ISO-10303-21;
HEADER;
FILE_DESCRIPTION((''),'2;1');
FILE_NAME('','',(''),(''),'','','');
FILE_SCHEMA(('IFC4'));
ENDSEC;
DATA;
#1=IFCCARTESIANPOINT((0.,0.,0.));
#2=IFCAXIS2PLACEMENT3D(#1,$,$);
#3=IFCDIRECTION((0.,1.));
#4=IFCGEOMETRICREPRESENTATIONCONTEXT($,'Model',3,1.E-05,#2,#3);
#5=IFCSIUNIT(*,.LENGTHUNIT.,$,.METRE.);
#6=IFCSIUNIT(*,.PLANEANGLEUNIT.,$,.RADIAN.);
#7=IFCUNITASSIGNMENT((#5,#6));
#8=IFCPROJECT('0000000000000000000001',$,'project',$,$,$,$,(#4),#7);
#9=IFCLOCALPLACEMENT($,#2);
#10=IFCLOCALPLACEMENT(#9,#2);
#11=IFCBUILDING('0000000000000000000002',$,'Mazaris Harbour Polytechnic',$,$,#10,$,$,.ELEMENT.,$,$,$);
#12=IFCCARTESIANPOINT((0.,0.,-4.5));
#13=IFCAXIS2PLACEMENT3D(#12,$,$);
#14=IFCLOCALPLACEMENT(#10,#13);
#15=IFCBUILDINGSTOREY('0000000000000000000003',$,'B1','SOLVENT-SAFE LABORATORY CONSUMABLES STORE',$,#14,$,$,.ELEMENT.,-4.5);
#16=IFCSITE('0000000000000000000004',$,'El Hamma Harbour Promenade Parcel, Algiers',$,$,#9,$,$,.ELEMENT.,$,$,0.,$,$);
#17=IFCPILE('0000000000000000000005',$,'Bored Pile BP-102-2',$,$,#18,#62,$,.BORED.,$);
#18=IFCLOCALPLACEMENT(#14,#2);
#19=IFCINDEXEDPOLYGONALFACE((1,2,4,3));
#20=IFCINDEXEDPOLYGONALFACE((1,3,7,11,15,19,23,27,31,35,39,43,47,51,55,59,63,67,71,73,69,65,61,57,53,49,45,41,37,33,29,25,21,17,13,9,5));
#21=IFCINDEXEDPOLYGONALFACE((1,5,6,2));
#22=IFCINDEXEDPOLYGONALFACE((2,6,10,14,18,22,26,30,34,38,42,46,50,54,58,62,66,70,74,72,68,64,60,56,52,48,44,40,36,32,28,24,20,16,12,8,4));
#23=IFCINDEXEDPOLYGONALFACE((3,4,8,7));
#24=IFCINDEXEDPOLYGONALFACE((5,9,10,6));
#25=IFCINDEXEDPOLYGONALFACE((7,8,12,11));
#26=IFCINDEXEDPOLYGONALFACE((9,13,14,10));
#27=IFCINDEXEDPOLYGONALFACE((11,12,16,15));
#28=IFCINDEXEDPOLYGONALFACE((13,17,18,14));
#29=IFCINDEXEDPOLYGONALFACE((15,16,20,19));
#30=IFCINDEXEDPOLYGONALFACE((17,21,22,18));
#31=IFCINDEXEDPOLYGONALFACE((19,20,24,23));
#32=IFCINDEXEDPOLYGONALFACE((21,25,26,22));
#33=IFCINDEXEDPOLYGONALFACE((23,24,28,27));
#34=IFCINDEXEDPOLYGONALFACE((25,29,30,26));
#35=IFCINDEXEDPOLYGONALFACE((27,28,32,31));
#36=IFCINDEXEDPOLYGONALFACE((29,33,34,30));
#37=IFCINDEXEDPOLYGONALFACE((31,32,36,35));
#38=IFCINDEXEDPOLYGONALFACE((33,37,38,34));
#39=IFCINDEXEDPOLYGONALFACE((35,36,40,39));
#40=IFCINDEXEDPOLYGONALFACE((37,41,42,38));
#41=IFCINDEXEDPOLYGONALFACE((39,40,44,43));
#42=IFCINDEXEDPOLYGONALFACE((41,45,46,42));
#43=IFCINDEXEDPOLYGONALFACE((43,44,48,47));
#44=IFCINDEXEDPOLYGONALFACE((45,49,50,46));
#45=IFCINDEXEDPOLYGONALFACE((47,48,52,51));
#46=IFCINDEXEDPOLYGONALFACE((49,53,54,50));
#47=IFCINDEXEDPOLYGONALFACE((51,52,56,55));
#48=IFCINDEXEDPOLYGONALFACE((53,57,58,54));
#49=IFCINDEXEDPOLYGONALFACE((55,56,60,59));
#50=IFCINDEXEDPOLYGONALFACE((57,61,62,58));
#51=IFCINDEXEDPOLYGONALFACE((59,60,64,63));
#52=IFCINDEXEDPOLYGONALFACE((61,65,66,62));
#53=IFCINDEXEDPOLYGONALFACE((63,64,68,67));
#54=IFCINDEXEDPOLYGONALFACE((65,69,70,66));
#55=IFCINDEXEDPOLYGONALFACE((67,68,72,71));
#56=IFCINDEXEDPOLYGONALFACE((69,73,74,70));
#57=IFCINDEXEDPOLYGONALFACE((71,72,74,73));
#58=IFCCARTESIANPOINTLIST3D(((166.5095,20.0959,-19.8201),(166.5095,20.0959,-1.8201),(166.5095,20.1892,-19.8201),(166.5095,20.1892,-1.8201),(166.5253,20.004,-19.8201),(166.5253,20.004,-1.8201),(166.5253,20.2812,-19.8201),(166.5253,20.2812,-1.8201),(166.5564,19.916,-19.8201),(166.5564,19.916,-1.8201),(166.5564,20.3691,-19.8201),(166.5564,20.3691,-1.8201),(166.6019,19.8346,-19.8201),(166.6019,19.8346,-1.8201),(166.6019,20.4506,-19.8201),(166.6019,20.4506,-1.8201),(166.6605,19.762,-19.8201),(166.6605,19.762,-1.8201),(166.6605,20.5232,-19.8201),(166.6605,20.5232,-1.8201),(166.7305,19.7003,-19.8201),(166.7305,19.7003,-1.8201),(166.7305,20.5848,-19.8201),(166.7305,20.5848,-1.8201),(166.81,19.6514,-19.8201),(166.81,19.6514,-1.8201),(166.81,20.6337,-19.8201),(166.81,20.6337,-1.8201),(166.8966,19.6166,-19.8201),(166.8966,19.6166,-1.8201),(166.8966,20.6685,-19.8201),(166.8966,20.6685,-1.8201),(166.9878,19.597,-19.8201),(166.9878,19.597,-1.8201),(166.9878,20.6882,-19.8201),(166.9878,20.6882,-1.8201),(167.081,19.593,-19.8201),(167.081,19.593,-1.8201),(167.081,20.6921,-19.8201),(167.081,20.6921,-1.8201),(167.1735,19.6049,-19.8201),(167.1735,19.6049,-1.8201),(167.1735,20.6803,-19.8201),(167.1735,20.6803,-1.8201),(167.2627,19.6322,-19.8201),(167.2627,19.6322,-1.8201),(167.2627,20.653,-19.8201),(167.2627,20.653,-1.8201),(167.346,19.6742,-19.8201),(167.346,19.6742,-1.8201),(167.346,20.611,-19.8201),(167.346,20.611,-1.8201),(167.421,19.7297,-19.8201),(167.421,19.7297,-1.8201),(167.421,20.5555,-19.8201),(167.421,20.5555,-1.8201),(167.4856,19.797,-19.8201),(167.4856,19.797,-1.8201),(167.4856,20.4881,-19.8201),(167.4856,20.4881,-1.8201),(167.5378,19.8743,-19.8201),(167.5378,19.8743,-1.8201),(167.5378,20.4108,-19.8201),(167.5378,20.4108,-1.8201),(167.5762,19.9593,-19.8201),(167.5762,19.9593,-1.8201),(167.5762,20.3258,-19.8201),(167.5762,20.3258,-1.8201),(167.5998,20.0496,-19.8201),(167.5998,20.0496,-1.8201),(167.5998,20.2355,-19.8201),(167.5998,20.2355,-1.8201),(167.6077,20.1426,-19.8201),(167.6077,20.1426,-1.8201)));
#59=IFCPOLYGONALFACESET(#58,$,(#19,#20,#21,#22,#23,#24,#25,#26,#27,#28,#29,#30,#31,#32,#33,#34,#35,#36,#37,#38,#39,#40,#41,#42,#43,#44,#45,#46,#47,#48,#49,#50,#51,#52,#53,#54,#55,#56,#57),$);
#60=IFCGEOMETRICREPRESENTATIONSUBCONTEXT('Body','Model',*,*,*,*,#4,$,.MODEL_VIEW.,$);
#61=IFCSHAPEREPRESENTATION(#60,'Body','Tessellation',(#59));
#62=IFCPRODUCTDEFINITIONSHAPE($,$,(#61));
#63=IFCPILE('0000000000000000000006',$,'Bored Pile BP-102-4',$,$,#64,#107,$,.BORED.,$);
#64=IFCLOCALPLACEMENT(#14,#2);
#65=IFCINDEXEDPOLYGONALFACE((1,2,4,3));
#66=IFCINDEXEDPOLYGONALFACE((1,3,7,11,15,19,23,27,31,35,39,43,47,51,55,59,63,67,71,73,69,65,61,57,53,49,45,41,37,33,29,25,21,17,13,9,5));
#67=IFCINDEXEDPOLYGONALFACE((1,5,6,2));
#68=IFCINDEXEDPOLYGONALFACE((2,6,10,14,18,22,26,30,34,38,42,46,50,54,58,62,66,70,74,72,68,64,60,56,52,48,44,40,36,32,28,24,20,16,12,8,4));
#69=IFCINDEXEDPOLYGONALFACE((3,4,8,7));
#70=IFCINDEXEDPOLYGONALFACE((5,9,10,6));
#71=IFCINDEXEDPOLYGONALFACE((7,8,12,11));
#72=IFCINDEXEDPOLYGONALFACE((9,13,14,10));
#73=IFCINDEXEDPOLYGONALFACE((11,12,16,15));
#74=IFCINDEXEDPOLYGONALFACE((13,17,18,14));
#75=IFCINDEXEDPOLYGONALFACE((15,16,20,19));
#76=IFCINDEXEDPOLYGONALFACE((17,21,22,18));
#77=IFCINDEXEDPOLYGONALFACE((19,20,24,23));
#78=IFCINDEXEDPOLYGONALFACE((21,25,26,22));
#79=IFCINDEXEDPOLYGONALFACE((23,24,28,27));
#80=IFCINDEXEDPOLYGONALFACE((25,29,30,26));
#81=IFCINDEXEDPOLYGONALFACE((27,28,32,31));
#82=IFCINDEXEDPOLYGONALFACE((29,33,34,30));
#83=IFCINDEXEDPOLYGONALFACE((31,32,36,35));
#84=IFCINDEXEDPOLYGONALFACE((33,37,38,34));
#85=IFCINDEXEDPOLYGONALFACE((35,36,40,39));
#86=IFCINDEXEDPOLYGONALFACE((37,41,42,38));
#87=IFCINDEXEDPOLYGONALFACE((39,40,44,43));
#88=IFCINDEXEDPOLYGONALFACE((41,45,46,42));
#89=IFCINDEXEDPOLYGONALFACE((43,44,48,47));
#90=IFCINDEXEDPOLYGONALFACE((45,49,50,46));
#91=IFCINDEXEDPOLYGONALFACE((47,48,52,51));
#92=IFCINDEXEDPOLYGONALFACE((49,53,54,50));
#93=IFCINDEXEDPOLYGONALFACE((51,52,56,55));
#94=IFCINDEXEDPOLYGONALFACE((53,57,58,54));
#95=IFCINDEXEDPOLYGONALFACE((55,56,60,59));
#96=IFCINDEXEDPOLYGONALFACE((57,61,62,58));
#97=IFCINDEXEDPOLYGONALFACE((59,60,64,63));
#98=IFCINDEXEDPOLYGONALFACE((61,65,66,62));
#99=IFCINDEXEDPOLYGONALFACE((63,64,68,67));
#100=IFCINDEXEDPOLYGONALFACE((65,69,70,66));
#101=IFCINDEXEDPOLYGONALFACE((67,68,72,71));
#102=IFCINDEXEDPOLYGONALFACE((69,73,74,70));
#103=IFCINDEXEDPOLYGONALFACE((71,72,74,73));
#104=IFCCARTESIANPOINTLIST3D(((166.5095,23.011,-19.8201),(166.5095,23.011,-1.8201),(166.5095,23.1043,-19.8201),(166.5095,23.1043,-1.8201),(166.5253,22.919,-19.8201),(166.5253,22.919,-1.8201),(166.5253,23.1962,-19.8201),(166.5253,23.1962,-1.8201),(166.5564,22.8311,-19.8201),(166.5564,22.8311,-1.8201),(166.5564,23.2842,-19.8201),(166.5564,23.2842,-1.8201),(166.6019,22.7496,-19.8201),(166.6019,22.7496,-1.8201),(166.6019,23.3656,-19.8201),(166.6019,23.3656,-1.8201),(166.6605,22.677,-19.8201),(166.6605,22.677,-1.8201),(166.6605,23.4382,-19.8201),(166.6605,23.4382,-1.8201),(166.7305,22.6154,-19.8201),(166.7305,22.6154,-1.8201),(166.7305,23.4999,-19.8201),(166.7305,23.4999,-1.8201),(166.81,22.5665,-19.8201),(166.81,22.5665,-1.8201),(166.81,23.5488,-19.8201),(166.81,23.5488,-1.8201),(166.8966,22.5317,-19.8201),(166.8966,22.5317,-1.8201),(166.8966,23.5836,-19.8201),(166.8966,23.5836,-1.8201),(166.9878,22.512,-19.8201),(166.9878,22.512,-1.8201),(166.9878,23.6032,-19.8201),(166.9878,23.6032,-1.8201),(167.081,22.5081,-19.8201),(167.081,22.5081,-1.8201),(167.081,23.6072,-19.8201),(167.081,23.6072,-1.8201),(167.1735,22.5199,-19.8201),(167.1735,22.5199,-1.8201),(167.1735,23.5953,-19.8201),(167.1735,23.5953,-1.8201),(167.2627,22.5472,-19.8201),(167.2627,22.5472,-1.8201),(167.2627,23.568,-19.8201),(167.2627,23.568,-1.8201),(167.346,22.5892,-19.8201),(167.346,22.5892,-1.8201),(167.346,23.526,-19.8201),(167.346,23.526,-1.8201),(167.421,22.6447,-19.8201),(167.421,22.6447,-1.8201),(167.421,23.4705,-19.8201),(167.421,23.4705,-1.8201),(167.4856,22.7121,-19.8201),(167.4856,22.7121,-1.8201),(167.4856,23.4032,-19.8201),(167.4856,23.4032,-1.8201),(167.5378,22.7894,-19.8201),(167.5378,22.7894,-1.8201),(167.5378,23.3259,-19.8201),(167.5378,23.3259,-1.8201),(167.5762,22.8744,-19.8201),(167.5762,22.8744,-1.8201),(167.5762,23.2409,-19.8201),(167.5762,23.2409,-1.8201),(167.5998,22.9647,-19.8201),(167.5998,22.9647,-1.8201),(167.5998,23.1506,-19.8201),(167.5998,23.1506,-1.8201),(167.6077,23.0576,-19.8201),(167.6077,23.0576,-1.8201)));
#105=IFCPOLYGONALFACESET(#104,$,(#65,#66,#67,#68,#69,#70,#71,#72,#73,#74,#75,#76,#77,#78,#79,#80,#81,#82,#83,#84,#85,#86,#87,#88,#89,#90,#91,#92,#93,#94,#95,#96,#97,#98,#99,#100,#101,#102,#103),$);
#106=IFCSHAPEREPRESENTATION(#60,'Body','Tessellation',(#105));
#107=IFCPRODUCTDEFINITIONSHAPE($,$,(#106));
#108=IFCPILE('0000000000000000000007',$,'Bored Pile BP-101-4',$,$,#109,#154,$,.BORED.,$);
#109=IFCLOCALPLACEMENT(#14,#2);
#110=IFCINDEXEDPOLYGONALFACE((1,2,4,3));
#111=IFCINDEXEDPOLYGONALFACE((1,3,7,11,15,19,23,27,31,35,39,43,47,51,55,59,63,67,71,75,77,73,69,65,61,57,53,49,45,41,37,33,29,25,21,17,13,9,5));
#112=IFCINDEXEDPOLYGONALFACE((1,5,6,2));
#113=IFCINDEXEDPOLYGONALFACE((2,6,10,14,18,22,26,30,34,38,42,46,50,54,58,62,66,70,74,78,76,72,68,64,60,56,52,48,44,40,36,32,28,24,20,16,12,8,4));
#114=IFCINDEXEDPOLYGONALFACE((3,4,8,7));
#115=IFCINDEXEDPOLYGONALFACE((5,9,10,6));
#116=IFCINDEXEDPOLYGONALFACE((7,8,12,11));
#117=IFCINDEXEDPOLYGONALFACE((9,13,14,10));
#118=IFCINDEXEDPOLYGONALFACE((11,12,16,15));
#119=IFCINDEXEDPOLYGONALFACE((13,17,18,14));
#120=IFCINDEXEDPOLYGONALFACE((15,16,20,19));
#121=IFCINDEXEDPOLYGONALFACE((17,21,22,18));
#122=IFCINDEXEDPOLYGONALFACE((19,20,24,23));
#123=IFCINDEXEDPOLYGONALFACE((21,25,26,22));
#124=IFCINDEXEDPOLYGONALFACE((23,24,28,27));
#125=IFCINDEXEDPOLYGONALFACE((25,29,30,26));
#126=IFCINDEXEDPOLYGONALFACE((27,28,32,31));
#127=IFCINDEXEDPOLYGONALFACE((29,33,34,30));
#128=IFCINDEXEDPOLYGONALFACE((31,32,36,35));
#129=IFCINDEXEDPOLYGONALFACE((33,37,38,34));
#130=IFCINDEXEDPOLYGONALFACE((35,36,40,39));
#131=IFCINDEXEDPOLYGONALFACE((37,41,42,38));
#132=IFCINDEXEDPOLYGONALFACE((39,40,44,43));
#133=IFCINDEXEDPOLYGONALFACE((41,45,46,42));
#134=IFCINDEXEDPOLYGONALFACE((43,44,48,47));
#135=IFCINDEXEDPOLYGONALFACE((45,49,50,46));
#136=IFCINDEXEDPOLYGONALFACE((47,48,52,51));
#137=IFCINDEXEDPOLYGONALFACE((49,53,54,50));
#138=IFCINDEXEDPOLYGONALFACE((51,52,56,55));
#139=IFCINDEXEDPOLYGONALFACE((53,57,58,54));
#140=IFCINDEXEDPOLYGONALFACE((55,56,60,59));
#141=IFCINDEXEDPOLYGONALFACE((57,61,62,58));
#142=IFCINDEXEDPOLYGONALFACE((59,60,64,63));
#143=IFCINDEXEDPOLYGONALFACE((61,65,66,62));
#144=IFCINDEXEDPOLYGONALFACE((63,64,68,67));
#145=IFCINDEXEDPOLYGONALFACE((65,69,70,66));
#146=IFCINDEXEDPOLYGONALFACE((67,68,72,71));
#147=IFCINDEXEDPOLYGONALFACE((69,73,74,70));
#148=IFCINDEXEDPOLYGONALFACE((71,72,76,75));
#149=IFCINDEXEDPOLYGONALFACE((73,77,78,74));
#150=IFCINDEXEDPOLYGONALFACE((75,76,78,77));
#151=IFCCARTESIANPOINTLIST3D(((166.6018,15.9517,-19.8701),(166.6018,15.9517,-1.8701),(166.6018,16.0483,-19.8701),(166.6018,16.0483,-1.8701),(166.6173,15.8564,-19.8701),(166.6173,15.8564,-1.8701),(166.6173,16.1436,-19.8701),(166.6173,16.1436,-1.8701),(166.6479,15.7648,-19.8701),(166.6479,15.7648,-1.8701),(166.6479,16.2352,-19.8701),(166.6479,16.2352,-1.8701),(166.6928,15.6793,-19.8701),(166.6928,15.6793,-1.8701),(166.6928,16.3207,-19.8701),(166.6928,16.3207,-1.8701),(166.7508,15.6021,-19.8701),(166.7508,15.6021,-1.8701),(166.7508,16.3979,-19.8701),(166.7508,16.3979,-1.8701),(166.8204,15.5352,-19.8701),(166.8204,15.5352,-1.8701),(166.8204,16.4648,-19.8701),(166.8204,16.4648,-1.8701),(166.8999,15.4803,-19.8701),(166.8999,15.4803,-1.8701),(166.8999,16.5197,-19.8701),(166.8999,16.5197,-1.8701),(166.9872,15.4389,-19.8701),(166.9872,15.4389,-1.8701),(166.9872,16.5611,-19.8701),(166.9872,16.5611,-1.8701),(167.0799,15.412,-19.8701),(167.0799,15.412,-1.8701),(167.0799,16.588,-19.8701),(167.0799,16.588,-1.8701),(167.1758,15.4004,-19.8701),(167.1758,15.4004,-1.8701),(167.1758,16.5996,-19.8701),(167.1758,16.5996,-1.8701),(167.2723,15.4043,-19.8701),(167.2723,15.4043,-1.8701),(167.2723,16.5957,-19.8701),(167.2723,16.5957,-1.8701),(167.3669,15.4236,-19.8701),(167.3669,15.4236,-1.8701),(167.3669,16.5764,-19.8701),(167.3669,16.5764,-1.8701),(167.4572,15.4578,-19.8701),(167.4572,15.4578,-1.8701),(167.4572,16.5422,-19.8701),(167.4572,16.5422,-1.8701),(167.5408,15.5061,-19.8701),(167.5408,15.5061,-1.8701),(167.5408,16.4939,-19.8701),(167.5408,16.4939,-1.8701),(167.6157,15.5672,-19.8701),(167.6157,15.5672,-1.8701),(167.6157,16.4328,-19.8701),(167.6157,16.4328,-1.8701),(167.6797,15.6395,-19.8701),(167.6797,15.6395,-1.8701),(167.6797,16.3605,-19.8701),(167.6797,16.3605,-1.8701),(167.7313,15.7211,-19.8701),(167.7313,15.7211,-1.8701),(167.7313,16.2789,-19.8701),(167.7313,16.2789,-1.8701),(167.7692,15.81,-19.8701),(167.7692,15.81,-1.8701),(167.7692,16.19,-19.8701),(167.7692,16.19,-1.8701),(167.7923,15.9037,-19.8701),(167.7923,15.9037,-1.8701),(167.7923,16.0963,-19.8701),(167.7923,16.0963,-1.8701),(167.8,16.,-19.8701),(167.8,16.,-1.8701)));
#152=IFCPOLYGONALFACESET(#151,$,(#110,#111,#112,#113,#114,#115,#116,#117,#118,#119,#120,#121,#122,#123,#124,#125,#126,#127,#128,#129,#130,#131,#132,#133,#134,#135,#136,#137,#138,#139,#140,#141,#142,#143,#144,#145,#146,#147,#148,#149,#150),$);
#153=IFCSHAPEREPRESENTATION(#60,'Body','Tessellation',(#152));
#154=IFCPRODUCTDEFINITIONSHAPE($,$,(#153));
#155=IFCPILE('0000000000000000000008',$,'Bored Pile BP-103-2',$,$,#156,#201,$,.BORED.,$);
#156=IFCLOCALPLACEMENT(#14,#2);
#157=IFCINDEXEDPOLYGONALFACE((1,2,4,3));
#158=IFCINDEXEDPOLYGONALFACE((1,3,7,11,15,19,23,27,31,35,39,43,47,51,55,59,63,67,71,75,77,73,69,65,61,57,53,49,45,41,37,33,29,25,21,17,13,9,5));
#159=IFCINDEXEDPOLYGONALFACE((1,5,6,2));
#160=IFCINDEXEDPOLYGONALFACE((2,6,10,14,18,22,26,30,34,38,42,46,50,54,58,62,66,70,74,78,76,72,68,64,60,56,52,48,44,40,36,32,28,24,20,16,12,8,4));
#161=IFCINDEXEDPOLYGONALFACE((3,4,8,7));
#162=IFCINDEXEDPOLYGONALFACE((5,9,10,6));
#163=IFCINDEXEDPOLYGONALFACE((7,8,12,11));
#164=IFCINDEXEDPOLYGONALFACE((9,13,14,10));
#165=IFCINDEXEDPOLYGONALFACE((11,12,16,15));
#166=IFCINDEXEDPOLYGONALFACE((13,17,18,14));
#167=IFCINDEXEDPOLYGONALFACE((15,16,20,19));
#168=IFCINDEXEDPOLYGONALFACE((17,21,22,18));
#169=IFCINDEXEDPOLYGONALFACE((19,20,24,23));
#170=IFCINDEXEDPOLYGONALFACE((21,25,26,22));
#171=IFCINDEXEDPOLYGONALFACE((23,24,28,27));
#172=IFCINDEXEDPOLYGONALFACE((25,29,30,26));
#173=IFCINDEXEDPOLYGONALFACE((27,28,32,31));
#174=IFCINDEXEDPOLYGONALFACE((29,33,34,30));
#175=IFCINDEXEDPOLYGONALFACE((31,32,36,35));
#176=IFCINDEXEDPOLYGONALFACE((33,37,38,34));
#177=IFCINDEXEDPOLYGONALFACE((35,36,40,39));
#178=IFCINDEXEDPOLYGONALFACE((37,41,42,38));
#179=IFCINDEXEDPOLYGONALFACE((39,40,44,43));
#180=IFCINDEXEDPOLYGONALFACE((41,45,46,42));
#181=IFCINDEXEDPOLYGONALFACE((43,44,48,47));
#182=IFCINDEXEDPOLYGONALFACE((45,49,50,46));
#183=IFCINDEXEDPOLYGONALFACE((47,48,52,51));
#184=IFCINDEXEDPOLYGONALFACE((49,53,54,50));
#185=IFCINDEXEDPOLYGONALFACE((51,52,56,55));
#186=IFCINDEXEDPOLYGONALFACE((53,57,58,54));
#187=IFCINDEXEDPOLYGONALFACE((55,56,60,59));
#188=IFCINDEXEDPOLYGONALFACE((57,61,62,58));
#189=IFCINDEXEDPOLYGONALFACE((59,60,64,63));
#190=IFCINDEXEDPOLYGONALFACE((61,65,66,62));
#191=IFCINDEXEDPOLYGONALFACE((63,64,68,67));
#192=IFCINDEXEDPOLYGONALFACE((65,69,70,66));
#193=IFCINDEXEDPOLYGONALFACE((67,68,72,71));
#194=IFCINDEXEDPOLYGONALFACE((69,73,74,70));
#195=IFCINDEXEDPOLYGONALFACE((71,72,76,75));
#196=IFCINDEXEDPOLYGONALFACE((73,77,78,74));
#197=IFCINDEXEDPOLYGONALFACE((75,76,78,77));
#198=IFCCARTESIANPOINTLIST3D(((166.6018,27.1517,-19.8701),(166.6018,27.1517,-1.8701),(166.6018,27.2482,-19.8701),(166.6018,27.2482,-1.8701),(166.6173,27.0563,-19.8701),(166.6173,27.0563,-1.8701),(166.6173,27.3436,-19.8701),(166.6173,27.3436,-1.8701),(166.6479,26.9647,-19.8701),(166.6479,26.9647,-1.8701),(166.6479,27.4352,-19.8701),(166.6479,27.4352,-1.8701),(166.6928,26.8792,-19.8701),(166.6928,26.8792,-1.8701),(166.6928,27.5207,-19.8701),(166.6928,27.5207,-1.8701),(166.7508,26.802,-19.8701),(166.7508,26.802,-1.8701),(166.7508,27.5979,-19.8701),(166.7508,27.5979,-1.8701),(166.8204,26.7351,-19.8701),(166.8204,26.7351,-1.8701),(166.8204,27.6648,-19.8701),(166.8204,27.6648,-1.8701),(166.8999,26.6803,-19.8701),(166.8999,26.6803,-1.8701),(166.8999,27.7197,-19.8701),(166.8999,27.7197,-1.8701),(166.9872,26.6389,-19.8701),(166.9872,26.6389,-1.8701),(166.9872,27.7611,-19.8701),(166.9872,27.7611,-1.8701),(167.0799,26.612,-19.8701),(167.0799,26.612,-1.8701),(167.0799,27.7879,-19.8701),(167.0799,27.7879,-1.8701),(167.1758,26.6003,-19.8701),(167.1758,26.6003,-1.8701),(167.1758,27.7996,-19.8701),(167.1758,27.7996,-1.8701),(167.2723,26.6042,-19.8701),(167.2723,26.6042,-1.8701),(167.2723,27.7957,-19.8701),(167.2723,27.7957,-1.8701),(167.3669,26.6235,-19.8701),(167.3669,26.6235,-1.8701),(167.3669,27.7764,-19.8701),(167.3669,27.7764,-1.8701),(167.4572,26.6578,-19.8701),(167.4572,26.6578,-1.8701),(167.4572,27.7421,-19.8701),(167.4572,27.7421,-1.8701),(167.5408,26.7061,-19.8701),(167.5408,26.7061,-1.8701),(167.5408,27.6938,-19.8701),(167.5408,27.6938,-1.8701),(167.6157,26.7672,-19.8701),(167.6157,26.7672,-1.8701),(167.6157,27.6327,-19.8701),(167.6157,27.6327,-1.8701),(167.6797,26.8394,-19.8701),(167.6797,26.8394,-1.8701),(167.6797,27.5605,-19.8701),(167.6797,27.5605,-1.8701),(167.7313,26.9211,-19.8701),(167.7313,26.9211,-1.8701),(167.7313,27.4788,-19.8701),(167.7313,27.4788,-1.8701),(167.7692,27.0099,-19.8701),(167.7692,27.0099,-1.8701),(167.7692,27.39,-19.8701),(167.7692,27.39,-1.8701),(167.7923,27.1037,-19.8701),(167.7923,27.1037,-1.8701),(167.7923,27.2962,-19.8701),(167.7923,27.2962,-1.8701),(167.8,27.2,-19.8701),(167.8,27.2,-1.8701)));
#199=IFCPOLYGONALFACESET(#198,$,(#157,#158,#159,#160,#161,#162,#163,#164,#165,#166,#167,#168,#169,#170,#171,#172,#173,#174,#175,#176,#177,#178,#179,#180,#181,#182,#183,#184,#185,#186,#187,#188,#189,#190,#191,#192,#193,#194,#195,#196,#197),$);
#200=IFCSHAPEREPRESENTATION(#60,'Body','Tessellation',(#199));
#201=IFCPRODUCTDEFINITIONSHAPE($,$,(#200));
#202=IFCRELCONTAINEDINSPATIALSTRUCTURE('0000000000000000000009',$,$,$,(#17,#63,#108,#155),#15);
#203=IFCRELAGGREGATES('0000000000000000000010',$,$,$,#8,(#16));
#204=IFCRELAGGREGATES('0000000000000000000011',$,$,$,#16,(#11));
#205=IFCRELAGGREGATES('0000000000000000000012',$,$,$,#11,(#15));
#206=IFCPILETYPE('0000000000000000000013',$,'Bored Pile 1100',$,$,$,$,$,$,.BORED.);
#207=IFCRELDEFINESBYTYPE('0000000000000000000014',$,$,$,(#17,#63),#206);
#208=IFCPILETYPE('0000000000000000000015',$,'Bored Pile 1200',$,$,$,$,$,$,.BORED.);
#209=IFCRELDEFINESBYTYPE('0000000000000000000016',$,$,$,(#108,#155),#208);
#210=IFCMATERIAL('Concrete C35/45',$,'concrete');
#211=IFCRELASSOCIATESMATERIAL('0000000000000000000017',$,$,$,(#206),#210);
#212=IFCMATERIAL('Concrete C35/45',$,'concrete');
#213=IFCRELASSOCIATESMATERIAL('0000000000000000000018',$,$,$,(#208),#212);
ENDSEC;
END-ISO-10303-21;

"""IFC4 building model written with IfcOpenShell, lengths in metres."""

from ifc_helpers import new_model, si_unit, direction, frame, origin, origin_2d, place, context, subcontext, project, spatial, circle, extrude, material, material_profile, profile_set, type_object, element, save


model = new_model("IFC4")

# Units and contexts
model_context = context("Model", 3, precision=1e-05, world=origin(), true_north=direction((0.0, 1.0)))
body_context = subcontext(model_context, "Body", "Model", "MODEL_VIEW")
ifc_project = project(units=[si_unit("LENGTHUNIT", "METRE"), si_unit("PLANEANGLEUNIT", "RADIAN")], contexts=[model_context])

# Site, building, storey
site_placement = place(None, origin())
site = spatial("IfcSite", under=ifc_project, at=site_placement, Name="El Hamma Harbour Promenade Parcel, Algiers", CompositionType="ELEMENT", RefElevation=0.0)
building_placement = place(site_placement, origin())
building = spatial("IfcBuilding", under=site, at=building_placement, Name="Mazaris Harbour Polytechnic", CompositionType="ELEMENT")
storey_placement = place(building_placement, frame((0.0, 0.0, -4.5)))
storey = spatial("IfcBuildingStorey", under=building, at=storey_placement, Name="B1", Description="SOLVENT-SAFE LABORATORY CONSUMABLES STORE", CompositionType="ELEMENT", Elevation=-4.5)

# Piles
ifc_material_1 = material(Name="Concrete C35/45", Category="concrete")
ifc_material_profile_1 = material_profile(ifc_material_1, circle(Radius=0.55, at=origin_2d()), Name="DIA1100")
ifc_profile_set_1 = profile_set([ifc_material_profile_1], Name="Concrete C35/45")
pile_type_1 = type_object("IfcPileType", Name="Bored Pile 1100", PredefinedType="BORED", material=ifc_profile_set_1)
for number, where, z_axis, x_axis, name in (
    (1, (167.0576, 20.1426, -1.8201), (0.0, 0.0, -1.0), (1.0, 0.0, 0.0), "Bored Pile BP-102-2"),
    (2, (167.0576, 23.0576, -1.8201), (0.0, 0.0, -1.0), (1.0, 0.0, 0.0), "Bored Pile BP-102-4"),
):
    element("IfcPile", number, at=place(storey_placement, frame(where, z_axis=z_axis, x_axis=x_axis)), inside=storey, type_object=pile_type_1, Name=name, PredefinedType="BORED", context=body_context, shape_type="SweptSolid", body=[
        extrude(circle(Radius=0.55, at=origin_2d()), origin(), (0.0, 0.0, 1.0), 18.0),
    ])
ifc_material_2 = material(Name="Concrete C35/45", Category="concrete")
ifc_material_profile_2 = material_profile(ifc_material_2, circle(Radius=0.6001, at=origin_2d()), Name="DIA1200")
ifc_profile_set_2 = profile_set([ifc_material_profile_2], Name="Concrete C35/45")
pile_type_2 = type_object("IfcPileType", Name="Bored Pile 1200", PredefinedType="BORED", material=ifc_profile_set_2)
for number, where, z_axis, x_axis, name in (
    (3, (167.2, 16.0, -1.8701), (0.0, 0.0, -1.0), (1.0, 0.0, 0.0), "Bored Pile BP-101-4"),
    (4, (167.2, 27.2, -1.8701), (0.0, 0.0, -1.0), (1.0, 0.0, 0.0), "Bored Pile BP-103-2"),
):
    element("IfcPile", number, at=place(storey_placement, frame(where, z_axis=z_axis, x_axis=x_axis)), inside=storey, type_object=pile_type_2, Name=name, PredefinedType="BORED", context=body_context, shape_type="SweptSolid", body=[
        extrude(circle(Radius=0.6001, at=origin_2d()), origin(), (0.0, 0.0, 1.0), 18.0),
    ])

save(model, "model.ifc")
